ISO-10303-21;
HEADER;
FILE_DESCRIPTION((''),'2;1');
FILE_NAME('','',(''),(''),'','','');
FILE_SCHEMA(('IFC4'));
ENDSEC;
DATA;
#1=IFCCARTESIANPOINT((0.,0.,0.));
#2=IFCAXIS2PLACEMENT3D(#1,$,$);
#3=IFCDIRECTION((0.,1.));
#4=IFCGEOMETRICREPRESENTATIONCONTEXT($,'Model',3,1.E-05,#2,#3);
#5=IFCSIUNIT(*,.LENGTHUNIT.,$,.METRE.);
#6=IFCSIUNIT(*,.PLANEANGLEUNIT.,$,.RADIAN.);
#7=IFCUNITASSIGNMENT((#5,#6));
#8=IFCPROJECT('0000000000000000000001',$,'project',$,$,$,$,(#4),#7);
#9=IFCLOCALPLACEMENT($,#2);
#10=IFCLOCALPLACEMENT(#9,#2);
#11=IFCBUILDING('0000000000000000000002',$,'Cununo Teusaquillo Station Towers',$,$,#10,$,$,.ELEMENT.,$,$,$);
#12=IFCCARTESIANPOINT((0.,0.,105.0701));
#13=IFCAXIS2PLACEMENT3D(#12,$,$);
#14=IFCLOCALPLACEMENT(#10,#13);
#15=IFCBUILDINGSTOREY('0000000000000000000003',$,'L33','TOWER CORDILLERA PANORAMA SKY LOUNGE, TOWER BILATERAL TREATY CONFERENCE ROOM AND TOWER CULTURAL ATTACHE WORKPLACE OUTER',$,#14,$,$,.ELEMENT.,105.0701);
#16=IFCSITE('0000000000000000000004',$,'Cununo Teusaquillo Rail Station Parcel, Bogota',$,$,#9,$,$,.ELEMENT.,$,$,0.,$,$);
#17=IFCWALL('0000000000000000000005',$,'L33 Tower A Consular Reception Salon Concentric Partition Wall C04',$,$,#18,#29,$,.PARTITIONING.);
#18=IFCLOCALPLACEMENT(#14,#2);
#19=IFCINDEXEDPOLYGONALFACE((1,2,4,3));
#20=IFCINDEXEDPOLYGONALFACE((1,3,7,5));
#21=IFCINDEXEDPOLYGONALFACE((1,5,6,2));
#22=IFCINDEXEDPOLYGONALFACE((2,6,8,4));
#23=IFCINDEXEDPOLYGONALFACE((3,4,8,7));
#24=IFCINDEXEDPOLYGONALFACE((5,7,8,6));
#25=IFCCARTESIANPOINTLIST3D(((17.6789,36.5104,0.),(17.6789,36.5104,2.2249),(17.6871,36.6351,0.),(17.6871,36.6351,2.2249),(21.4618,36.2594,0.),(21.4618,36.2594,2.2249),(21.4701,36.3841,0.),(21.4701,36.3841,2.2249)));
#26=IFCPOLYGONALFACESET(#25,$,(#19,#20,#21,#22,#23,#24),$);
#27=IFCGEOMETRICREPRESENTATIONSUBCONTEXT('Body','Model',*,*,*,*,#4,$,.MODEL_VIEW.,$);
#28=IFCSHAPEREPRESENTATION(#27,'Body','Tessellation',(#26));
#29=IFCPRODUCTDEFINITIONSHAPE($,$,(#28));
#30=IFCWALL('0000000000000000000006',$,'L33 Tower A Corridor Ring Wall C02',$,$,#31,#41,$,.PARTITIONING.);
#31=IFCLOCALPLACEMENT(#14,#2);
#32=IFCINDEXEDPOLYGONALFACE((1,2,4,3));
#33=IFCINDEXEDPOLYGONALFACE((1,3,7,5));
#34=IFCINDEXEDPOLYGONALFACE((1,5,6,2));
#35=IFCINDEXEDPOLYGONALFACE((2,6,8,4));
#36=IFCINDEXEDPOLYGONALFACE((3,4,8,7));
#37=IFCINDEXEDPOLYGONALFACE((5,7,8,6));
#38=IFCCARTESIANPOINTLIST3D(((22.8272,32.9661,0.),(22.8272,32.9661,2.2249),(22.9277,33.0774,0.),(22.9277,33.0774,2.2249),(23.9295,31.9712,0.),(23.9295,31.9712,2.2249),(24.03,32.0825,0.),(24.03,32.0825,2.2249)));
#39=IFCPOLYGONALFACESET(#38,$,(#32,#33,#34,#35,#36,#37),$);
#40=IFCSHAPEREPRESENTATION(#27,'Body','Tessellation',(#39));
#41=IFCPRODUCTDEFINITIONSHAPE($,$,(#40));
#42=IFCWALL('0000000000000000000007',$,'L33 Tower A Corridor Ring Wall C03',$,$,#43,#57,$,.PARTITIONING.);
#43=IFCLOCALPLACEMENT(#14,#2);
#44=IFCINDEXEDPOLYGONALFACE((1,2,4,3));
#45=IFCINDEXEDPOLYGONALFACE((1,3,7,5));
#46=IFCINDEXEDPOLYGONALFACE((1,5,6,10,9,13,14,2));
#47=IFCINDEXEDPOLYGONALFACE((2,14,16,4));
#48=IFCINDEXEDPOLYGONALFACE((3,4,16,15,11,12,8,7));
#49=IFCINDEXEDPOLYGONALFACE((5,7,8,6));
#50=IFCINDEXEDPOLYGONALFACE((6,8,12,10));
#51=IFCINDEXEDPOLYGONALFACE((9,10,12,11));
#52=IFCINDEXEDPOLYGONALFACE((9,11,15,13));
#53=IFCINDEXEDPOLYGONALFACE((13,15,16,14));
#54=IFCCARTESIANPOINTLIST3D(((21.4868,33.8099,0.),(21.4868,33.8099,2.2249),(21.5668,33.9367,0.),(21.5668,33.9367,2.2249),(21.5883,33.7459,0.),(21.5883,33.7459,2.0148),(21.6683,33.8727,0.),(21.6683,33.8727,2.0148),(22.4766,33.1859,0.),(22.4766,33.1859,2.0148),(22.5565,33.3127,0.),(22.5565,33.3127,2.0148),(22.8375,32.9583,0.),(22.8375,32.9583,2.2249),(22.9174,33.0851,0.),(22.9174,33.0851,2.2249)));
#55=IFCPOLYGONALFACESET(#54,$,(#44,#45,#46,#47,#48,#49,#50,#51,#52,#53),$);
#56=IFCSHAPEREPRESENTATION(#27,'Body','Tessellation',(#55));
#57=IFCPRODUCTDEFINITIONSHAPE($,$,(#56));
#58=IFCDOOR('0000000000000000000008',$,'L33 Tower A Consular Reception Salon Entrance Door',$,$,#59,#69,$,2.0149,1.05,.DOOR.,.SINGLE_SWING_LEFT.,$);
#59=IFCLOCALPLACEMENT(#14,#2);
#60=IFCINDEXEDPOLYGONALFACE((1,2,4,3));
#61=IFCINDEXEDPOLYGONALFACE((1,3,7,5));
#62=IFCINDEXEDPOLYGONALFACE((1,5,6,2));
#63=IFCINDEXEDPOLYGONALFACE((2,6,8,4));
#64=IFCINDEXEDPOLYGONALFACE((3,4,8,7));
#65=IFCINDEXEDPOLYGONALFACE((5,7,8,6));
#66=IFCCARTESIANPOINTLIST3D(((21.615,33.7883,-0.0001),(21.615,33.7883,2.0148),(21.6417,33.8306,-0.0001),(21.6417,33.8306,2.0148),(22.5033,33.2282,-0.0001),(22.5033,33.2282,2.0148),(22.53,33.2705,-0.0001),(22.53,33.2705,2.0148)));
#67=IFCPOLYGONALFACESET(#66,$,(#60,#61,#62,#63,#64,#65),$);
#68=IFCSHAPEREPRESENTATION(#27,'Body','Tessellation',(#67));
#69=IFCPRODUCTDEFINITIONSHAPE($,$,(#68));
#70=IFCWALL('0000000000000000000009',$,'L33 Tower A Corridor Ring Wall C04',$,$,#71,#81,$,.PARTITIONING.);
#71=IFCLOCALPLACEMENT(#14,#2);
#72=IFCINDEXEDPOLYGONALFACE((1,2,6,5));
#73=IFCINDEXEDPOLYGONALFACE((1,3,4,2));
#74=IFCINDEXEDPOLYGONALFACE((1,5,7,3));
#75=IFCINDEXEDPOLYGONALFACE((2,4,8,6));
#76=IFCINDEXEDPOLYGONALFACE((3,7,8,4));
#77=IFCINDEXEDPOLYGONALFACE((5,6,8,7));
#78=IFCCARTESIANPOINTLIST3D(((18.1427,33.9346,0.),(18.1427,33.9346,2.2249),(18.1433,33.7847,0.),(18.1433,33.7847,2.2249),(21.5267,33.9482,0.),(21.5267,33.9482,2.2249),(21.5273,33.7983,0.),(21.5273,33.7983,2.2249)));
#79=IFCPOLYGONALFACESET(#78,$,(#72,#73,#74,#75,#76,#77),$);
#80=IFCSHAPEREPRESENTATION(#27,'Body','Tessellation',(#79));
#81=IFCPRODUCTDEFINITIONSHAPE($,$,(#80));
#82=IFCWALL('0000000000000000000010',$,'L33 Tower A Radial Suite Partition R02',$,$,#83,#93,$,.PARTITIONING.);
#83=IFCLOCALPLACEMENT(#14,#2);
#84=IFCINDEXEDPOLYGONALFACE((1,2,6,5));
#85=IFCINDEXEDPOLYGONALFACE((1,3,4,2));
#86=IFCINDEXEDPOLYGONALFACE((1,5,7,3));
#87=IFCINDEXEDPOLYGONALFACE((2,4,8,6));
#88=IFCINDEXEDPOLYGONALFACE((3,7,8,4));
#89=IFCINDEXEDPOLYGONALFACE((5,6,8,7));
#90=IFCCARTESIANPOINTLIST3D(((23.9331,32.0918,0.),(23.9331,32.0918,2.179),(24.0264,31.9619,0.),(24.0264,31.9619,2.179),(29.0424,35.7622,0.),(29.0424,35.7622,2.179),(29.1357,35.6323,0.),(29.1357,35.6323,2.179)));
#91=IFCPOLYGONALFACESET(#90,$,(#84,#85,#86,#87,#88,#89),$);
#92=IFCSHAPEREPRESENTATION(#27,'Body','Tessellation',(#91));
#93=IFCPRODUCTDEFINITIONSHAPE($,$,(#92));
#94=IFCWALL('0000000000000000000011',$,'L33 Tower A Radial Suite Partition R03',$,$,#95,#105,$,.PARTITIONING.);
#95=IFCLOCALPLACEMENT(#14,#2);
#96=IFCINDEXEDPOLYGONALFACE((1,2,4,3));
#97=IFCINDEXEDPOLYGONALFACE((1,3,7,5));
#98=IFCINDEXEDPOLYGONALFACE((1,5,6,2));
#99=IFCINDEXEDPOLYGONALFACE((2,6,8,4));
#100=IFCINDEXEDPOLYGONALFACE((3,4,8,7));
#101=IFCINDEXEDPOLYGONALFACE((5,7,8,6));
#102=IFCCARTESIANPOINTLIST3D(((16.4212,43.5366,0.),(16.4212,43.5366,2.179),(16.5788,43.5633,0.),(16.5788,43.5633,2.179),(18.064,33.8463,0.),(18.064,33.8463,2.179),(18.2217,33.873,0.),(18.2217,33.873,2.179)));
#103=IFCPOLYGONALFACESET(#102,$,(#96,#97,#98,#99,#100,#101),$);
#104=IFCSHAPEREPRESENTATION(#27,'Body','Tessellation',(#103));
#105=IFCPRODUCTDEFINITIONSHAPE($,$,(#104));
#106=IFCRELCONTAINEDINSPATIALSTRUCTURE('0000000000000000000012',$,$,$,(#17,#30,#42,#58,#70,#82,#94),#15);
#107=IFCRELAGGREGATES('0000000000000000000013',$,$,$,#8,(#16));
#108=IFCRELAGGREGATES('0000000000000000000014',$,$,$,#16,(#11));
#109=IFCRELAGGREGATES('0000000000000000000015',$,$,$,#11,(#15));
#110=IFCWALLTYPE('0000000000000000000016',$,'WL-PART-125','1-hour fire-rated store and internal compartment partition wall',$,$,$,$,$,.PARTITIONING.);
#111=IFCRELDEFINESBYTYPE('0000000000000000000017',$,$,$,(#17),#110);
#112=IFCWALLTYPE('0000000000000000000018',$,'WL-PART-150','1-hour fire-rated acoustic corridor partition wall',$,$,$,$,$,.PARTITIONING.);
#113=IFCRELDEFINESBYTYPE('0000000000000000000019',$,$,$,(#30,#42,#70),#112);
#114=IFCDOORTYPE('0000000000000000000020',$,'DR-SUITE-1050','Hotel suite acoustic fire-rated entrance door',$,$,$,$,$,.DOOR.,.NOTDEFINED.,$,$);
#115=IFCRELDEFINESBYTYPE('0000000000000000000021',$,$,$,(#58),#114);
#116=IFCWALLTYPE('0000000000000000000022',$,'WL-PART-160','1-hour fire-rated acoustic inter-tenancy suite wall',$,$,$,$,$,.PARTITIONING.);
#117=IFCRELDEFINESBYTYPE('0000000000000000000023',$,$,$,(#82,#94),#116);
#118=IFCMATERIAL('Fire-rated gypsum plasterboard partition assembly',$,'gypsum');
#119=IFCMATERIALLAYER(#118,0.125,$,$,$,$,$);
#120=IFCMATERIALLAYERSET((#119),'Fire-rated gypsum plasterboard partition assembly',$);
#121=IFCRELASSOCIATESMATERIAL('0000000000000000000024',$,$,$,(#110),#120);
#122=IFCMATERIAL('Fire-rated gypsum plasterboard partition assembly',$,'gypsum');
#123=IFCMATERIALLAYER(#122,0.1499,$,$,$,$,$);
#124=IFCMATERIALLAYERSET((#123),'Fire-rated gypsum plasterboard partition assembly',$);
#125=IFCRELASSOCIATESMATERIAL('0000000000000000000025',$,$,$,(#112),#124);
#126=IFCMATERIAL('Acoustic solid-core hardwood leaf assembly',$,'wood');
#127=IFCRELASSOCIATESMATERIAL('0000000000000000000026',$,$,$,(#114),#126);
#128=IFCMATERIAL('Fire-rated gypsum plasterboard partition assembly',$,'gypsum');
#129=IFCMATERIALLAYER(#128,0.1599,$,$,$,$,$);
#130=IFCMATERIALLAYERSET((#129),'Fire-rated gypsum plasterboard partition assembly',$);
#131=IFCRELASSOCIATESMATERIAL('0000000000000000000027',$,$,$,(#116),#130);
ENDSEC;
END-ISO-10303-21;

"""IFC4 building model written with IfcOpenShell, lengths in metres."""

from ifc_helpers import new_model, si_unit, direction, frame, frame_2d, origin, place, context, subcontext, project, spatial, rectangle, extrude, source, transform, mapped, material, layer, layer_set, type_object, element, fill, save


model = new_model("IFC4")

# Units and contexts
model_context = context("Model", 3, precision=1e-05, world=origin(), true_north=direction((0.0, 1.0)))
body_context = subcontext(model_context, "Body", "Model", "MODEL_VIEW")
ifc_project = project(units=[si_unit("LENGTHUNIT", "METRE"), si_unit("PLANEANGLEUNIT", "RADIAN")], contexts=[model_context])

# Site, building, storey
site_placement = place(None, origin())
site = spatial("IfcSite", under=ifc_project, at=site_placement, Name="Cununo Teusaquillo Rail Station Parcel, Bogota", CompositionType="ELEMENT", RefElevation=0.0)
building_placement = place(site_placement, origin())
building = spatial("IfcBuilding", under=site, at=building_placement, Name="Cununo Teusaquillo Station Towers", CompositionType="ELEMENT")
storey_placement = place(building_placement, frame((0.0, 0.0, 105.0701)))
storey = spatial("IfcBuildingStorey", under=building, at=storey_placement, Name="L33", Description="TOWER CORDILLERA PANORAMA SKY LOUNGE, TOWER BILATERAL TREATY CONFERENCE ROOM AND TOWER CULTURAL ATTACHE WORKPLACE OUTER", CompositionType="ELEMENT", Elevation=105.0701)

# Shared definitions
ifc_material_1 = material(Name="Fire-rated gypsum plasterboard partition assembly", Category="gypsum")
ifc_layer_1 = layer(ifc_material_1, 0.125)
ifc_layer_set_1 = layer_set([ifc_layer_1], Name="Fire-rated gypsum plasterboard partition assembly")
wall_type_1 = type_object("IfcWallType", Name="WL-PART-125", Description="1-hour fire-rated store and internal compartment partition wall", PredefinedType="PARTITIONING", material=ifc_layer_set_1)

# Walls
wall_1_placement = place(storey_placement, frame((21.4658, 36.3218, 0.0), z_axis=(0.0, 0.0, 1.0), x_axis=(-0.997806, 0.066198, 0.0)))
element("IfcWall", 1, at=wall_1_placement, inside=storey, type_object=wall_type_1, Name="L33 Tower A Consular Reception Salon Concentric Partition Wall C04", PredefinedType="PARTITIONING", context=body_context, shape_type="SweptSolid", body=[
    extrude(rectangle(XDim=3.7913, YDim=0.125, at=frame_2d((1.8955, 0.0))), origin(), (0.0, 0.0, 1.0), 2.2249),
])
ifc_material_2 = material(Name="Fire-rated gypsum plasterboard partition assembly", Category="gypsum")
ifc_layer_2 = layer(ifc_material_2, 0.1499)
ifc_layer_set_2 = layer_set([ifc_layer_2], Name="Fire-rated gypsum plasterboard partition assembly")
wall_type_2 = type_object("IfcWallType", Name="WL-PART-150", Description="1-hour fire-rated acoustic corridor partition wall", PredefinedType="PARTITIONING", material=ifc_layer_set_2)
wall_2_placement = place(storey_placement, frame((23.9797, 32.0269, 0.0), z_axis=(0.0, 0.0, 1.0), x_axis=(-0.742353, 0.670009, 0.0)))
element("IfcWall", 2, at=wall_2_placement, inside=storey, type_object=wall_type_2, Name="L33 Tower A Corridor Ring Wall C02", PredefinedType="PARTITIONING", context=body_context, shape_type="SweptSolid", body=[
    extrude(rectangle(XDim=1.4849, YDim=0.1499, at=frame_2d((0.7424, 0.0))), origin(), (0.0, 0.0, 1.0), 2.2249),
])

# Wall, opening, door
wall_3_placement = place(storey_placement, frame((22.8774, 33.0217, 0.0), z_axis=(0.0, 0.0, 1.0), x_axis=(-0.845896, 0.533348, 0.0)))
wall_3 = element("IfcWall", 3, at=wall_3_placement, inside=storey, type_object=wall_type_2, Name="L33 Tower A Corridor Ring Wall C03", PredefinedType="PARTITIONING", context=body_context, shape_type="SweptSolid", body=[
    extrude(rectangle(XDim=1.5967, YDim=0.1499, at=frame_2d((0.7983, 0.0))), origin(), (0.0, 0.0, 1.0), 2.2249),
])
shared_shape_1 = source(origin(), body_context, "Body", "SweptSolid", [
    extrude(rectangle(XDim=1.05, YDim=2.0149, at=frame_2d((0.5249, 1.0073))), frame((0.0, 0.085, 0.0), z_axis=(0.0, -1.0, 0.0), x_axis=(1.0, 0.0, 0.0)), (0.0, 0.0, 1.0), 0.1699),
])
opening_1_placement = place(wall_3_placement, frame((0.4268, 0.0, 0.0)))
opening_1 = element("IfcOpeningElement", 4, at=opening_1_placement, cuts=wall_3, PredefinedType="OPENING", context=body_context, shape_type="MappedRepresentation", body=[
    mapped(shared_shape_1, transform((0.0, 0.0, 0.0), x_axis=(1.0, 0.0, 0.0), y_axis=(0.0, 1.0, 0.0), z_axis=(0.0, 0.0, 1.0), scale=1.0)),
])
ifc_material_3 = material(Name="Acoustic solid-core hardwood leaf assembly", Category="wood")
door_type_1 = type_object("IfcDoorType", Name="DR-SUITE-1050", Description="Hotel suite acoustic fire-rated entrance door", OperationType="NOTDEFINED", PredefinedType="DOOR", material=ifc_material_3)
shared_shape_2 = source(origin(), body_context, "Body", "SweptSolid", [
    extrude(rectangle(XDim=1.05, YDim=2.0149, at=frame_2d((0.5249, 1.0073))), frame((0.0, 0.0249, 0.0), z_axis=(0.0, -1.0, 0.0), x_axis=(1.0, 0.0, 0.0)), (0.0, 0.0, 1.0), 0.05),
])
door_1_placement = place(opening_1_placement, origin())
door_1 = element("IfcDoor", 5, at=door_1_placement, inside=storey, type_object=door_type_1, Name="L33 Tower A Consular Reception Salon Entrance Door", OperationType="SINGLE_SWING_LEFT", OverallHeight=2.0149, OverallWidth=1.05, PredefinedType="DOOR", context=body_context, shape_type="MappedRepresentation", body=[
    mapped(shared_shape_2, transform((0.0, 0.0, 0.0), x_axis=(1.0, 0.0, 0.0), y_axis=(0.0, 1.0, 0.0), z_axis=(0.0, 0.0, 1.0), scale=1.0)),
])
fill(opening_1, door_1)

# Walls
wall_4_placement = place(storey_placement, frame((21.5269, 33.8733, 0.0), z_axis=(0.0, 0.0, 1.0), x_axis=(-0.999992, -0.00404, 0.0)))
element("IfcWall", 6, at=wall_4_placement, inside=storey, type_object=wall_type_2, Name="L33 Tower A Corridor Ring Wall C04", PredefinedType="PARTITIONING", context=body_context, shape_type="SweptSolid", body=[
    extrude(rectangle(XDim=3.384, YDim=0.1499, at=frame_2d((1.6919, 0.0))), origin(), (0.0, 0.0, 1.0), 2.2249),
])
ifc_material_4 = material(Name="Fire-rated gypsum plasterboard partition assembly", Category="gypsum")
ifc_layer_3 = layer(ifc_material_4, 0.1599)
ifc_layer_set_3 = layer_set([ifc_layer_3], Name="Fire-rated gypsum plasterboard partition assembly")
wall_type_3 = type_object("IfcWallType", Name="WL-PART-160", Description="1-hour fire-rated acoustic inter-tenancy suite wall", PredefinedType="PARTITIONING", material=ifc_layer_set_3)
wall_5_placement = place(storey_placement, frame((23.9797, 32.0269, 0.0), z_axis=(0.0, 0.0, 1.0), x_axis=(0.812162, 0.583431, 0.0)))
element("IfcWall", 7, at=wall_5_placement, inside=storey, type_object=wall_type_3, Name="L33 Tower A Radial Suite Partition R02", PredefinedType="PARTITIONING", context=body_context, shape_type="SweptSolid", body=[
    extrude(rectangle(XDim=6.291, YDim=0.1599, at=frame_2d((3.1455, 0.0))), origin(), (0.0, 0.0, 1.0), 2.179),
])
wall_6_placement = place(storey_placement, frame((18.1428, 33.8596, 0.0), z_axis=(0.0, 0.0, 1.0), x_axis=(-0.167145, 0.985932, 0.0)))
element("IfcWall", 8, at=wall_6_placement, inside=storey, type_object=wall_type_3, Name="L33 Tower A Radial Suite Partition R03", PredefinedType="PARTITIONING", context=body_context, shape_type="SweptSolid", body=[
    extrude(rectangle(XDim=9.8286, YDim=0.1599, at=frame_2d((4.9143, 0.0))), origin(), (0.0, 0.0, 1.0), 2.179),
])

save(model, "model.ifc")
